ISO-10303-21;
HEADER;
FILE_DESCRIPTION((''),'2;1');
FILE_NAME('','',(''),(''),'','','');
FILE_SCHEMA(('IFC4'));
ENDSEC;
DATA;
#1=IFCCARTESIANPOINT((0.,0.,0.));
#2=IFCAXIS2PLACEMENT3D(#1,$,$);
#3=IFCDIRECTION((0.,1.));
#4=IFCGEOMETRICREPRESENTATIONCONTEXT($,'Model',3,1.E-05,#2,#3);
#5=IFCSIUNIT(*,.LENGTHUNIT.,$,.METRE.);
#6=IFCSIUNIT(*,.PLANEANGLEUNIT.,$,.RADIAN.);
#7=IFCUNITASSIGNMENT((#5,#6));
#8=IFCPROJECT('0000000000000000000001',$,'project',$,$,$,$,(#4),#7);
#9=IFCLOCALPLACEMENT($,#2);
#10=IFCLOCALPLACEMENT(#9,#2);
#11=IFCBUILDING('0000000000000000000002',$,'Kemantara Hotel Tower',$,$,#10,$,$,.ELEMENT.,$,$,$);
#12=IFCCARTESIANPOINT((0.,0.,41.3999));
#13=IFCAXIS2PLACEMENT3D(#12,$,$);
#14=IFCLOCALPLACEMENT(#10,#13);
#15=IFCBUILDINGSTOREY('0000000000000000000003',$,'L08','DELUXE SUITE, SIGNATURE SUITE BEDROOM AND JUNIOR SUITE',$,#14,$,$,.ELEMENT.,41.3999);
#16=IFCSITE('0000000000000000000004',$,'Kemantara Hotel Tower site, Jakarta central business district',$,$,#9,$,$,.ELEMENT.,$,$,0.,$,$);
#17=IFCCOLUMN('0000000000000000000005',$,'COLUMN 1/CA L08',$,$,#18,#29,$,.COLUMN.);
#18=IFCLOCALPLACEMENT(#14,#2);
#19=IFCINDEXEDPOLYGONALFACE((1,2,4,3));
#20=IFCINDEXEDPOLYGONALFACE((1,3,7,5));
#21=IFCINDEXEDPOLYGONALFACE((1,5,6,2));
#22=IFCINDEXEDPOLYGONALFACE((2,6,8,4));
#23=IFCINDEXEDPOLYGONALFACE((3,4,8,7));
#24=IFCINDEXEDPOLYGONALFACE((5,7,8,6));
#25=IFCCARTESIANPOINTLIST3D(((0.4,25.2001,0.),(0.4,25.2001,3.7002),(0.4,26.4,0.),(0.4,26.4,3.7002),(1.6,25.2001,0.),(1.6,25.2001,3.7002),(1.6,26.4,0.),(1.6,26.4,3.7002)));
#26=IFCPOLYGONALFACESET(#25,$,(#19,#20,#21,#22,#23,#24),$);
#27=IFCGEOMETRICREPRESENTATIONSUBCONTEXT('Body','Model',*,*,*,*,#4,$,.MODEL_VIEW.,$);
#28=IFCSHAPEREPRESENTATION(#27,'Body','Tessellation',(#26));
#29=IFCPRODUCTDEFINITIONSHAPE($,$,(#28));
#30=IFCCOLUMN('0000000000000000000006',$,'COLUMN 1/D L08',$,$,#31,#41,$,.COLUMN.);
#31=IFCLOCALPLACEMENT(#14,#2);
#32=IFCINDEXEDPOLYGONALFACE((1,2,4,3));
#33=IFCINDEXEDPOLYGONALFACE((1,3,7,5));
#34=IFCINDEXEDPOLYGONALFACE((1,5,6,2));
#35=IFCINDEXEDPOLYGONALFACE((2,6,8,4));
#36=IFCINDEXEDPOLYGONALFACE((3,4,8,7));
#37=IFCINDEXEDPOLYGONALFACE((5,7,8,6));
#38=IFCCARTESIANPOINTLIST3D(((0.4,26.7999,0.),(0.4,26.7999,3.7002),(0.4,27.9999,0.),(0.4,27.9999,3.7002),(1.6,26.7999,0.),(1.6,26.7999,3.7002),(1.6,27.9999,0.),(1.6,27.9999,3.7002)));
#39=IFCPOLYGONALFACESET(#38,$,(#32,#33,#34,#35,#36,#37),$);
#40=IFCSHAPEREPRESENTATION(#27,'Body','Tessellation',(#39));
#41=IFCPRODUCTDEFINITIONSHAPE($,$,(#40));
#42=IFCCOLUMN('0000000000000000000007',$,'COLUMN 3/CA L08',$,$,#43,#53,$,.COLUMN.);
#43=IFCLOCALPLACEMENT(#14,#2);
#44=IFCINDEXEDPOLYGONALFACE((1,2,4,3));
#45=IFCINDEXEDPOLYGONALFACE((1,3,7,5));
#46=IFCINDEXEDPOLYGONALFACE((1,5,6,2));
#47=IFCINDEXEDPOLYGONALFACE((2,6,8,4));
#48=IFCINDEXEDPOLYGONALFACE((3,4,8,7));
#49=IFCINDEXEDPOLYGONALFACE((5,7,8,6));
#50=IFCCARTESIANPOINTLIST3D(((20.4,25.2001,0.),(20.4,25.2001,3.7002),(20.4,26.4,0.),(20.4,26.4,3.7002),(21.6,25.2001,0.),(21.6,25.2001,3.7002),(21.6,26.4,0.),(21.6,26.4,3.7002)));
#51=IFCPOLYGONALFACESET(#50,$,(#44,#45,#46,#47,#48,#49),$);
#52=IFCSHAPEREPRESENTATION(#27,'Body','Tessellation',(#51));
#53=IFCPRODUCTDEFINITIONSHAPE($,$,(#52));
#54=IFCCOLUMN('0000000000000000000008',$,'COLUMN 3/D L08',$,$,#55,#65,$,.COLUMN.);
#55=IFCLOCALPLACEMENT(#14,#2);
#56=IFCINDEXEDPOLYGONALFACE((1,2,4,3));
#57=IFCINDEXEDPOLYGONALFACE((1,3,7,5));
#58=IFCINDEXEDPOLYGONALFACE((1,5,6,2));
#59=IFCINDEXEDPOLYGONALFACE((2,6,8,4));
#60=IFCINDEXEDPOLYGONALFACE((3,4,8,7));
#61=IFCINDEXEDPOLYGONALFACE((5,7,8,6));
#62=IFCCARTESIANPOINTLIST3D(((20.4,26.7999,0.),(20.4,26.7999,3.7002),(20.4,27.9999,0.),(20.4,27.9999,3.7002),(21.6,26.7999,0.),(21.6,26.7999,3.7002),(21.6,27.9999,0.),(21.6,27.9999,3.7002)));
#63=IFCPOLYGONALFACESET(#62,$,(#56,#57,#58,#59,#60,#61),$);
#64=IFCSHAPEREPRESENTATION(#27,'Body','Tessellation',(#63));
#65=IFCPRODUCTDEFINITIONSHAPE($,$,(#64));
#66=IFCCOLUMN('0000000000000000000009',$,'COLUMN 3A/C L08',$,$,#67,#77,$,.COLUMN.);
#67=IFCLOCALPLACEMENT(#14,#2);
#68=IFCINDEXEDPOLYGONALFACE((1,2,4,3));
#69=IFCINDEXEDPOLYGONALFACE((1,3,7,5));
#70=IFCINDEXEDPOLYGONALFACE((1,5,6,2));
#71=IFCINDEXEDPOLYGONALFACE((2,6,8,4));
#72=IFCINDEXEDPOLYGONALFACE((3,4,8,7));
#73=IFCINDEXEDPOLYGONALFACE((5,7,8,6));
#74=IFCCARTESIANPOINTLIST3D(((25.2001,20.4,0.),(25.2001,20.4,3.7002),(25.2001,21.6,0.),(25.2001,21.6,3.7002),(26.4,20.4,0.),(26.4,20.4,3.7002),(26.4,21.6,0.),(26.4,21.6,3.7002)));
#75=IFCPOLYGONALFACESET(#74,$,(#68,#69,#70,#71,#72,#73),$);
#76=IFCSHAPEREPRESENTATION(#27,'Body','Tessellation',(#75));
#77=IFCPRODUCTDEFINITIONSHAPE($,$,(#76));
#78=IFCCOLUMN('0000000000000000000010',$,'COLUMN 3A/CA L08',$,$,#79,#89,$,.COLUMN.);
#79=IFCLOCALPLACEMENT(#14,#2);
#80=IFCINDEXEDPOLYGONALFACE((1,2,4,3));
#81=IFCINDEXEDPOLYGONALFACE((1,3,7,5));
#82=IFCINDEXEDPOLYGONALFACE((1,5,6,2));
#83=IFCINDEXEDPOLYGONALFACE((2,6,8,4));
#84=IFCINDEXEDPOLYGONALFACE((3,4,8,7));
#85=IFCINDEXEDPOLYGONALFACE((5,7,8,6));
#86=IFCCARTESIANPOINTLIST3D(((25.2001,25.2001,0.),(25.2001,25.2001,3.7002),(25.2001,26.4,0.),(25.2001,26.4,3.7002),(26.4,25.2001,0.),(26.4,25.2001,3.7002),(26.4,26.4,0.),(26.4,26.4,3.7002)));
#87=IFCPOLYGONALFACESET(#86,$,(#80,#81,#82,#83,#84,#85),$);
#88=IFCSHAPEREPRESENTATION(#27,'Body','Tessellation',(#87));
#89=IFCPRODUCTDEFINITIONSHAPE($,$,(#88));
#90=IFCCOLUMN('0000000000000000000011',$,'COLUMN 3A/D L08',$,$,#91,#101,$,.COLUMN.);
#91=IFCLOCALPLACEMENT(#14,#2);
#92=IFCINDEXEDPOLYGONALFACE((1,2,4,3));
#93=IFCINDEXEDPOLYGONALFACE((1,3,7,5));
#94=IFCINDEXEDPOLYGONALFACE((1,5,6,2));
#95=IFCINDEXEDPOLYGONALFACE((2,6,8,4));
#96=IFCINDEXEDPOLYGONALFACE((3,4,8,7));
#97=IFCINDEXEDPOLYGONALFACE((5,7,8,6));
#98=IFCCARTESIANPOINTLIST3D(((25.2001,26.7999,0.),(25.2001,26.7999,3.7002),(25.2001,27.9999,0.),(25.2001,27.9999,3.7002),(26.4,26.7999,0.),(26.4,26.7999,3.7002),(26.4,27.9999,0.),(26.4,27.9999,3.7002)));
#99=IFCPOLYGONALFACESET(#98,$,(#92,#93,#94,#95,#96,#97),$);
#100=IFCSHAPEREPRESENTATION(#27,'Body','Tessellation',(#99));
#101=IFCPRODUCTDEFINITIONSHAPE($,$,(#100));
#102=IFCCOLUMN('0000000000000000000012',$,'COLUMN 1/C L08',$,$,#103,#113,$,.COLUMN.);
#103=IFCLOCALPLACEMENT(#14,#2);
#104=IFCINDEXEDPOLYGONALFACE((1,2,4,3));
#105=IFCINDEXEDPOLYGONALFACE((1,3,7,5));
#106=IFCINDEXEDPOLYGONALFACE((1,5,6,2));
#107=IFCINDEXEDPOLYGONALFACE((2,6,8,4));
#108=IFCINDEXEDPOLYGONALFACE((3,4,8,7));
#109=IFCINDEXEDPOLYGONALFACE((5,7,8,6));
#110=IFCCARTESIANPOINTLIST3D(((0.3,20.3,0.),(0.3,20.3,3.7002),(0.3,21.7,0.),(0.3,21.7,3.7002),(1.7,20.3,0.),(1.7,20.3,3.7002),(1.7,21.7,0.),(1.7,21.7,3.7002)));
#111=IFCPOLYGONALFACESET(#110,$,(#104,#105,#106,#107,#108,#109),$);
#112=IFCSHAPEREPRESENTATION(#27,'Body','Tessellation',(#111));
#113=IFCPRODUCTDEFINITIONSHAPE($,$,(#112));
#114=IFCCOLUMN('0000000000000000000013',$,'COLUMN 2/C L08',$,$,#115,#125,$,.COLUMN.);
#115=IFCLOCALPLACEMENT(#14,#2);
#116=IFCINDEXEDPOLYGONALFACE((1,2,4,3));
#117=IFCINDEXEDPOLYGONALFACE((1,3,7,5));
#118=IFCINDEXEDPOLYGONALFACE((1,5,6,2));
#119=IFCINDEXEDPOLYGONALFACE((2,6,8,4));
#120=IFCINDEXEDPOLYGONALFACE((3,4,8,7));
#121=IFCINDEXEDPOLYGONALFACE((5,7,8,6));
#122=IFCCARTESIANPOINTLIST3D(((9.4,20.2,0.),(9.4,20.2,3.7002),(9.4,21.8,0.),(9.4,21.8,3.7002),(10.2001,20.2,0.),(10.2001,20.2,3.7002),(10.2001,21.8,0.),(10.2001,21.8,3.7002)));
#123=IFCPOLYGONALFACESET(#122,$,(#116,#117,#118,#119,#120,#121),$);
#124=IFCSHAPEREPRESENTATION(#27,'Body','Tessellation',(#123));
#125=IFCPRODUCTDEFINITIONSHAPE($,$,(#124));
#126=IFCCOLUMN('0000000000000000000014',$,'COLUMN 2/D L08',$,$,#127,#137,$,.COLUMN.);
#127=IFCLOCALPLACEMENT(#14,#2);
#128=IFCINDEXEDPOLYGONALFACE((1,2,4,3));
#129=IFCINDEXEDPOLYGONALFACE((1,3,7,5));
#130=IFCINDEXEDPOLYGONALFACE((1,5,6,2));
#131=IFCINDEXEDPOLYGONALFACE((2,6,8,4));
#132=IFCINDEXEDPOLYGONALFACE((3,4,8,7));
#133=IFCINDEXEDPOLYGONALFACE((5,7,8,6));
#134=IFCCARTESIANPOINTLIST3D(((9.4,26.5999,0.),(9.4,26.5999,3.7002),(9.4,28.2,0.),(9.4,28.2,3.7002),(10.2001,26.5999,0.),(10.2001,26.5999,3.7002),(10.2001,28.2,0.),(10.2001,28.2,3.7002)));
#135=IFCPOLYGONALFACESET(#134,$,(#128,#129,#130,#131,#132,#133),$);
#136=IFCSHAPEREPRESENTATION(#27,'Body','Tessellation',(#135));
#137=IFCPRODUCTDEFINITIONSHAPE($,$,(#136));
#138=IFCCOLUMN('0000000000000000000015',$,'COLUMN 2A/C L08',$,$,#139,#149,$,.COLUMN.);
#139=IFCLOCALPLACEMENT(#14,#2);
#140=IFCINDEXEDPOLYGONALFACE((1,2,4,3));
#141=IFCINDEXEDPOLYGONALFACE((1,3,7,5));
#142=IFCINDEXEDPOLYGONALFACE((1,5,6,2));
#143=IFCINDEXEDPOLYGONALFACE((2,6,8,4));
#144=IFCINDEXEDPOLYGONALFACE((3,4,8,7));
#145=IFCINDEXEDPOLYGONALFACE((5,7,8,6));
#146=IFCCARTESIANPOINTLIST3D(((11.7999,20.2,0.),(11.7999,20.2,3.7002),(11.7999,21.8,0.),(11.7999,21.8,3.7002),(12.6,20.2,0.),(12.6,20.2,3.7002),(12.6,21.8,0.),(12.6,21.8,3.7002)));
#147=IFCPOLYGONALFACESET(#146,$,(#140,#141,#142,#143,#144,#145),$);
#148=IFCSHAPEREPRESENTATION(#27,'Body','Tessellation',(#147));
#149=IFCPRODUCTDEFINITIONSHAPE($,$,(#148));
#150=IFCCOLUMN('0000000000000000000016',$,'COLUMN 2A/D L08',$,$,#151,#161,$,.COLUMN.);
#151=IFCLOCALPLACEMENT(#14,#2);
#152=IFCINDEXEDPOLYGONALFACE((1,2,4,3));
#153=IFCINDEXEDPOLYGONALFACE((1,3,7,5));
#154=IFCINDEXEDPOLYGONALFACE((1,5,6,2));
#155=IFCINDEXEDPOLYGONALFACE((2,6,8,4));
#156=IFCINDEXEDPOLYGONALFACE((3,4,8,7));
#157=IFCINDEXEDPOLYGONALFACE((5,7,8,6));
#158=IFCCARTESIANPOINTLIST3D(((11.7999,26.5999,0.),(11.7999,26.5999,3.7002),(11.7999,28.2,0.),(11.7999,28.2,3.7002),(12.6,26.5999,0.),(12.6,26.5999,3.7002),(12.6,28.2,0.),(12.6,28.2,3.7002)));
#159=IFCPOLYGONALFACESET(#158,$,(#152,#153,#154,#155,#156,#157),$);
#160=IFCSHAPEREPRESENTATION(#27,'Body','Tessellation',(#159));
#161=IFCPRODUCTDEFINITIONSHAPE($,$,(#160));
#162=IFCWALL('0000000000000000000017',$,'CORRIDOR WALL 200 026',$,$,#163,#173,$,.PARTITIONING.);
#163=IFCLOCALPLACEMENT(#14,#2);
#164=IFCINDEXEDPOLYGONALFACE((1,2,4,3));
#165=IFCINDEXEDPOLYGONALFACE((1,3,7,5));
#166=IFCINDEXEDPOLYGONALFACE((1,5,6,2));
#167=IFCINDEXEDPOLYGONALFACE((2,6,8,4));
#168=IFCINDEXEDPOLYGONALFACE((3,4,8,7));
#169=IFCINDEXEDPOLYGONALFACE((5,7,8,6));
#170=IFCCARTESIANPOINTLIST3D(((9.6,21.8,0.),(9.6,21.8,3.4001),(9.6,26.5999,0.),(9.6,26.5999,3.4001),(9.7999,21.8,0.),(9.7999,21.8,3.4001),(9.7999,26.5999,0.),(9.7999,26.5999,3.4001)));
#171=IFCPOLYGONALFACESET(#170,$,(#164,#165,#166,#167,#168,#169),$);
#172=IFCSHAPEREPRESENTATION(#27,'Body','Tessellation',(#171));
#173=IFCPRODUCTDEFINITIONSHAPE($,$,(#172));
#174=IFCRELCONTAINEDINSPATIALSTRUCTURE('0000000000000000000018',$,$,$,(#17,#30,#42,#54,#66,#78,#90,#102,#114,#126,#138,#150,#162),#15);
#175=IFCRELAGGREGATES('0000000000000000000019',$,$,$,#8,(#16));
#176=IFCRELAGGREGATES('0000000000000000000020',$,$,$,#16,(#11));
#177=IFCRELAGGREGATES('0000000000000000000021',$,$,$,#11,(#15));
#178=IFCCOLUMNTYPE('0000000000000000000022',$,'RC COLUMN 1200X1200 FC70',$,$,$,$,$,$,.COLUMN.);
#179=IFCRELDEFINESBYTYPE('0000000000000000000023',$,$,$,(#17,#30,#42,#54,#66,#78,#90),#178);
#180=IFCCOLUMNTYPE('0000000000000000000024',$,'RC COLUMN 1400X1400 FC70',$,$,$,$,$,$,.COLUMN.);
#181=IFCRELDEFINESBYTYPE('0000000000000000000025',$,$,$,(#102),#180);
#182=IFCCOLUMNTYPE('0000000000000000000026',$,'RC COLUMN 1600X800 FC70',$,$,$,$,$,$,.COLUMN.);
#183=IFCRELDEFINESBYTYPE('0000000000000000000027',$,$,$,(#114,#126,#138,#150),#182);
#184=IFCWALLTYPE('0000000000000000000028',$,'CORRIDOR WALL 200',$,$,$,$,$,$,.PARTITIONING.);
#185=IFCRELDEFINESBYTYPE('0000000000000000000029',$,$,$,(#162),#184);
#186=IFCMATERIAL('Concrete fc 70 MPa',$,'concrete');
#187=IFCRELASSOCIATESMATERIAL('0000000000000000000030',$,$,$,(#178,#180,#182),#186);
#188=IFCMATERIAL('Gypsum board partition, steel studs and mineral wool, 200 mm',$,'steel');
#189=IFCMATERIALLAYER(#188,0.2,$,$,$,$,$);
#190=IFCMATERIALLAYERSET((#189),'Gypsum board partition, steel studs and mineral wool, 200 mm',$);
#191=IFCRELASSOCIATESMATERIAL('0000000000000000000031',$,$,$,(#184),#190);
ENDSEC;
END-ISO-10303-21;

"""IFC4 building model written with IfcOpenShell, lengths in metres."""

from ifc_helpers import new_model, si_unit, direction, frame, frame_2d, origin, origin_2d, place, context, subcontext, project, spatial, rectangle, extrude, material, layer, layer_set, material_profile, profile_set, type_object, element, save


model = new_model("IFC4")

# Units and contexts
model_context = context("Model", 3, precision=1e-05, world=origin(), true_north=direction((0.0, 1.0)))
body_context = subcontext(model_context, "Body", "Model", "MODEL_VIEW")
ifc_project = project(units=[si_unit("LENGTHUNIT", "METRE"), si_unit("PLANEANGLEUNIT", "RADIAN")], contexts=[model_context])

# Site, building, storey
site_placement = place(None, origin())
site = spatial("IfcSite", under=ifc_project, at=site_placement, Name="Kemantara Hotel Tower site, Jakarta central business district", CompositionType="ELEMENT", RefElevation=0.0)
building_placement = place(site_placement, origin())
building = spatial("IfcBuilding", under=site, at=building_placement, Name="Kemantara Hotel Tower", CompositionType="ELEMENT")
storey_placement = place(building_placement, frame((0.0, 0.0, 41.3999)))
storey = spatial("IfcBuildingStorey", under=building, at=storey_placement, Name="L08", Description="DELUXE SUITE, SIGNATURE SUITE BEDROOM AND JUNIOR SUITE", CompositionType="ELEMENT", Elevation=41.3999)

# Columns
ifc_material_1 = material(Name="Concrete fc 70 MPa", Category="concrete")
ifc_material_profile_1 = material_profile(ifc_material_1, rectangle(XDim=1.2, YDim=1.2, at=origin_2d()), Name="RC 1200X1200")
ifc_profile_set_1 = profile_set([ifc_material_profile_1], Name="Concrete fc 70 MPa")
column_type_1 = type_object("IfcColumnType", Name="RC COLUMN 1200X1200 FC70", PredefinedType="COLUMN", material=ifc_profile_set_1)
for number, where, z_axis, x_axis, name in (
    (1, (1.0, 25.8, 0.0), (0.0, 0.0, 1.0), (1.0, 0.0, 0.0), "COLUMN 1/CA L08"),
    (2, (1.0, 27.3999, 0.0), (0.0, 0.0, 1.0), (1.0, 0.0, 0.0), "COLUMN 1/D L08"),
    (3, (21.0, 25.8, 0.0), (0.0, 0.0, 1.0), (1.0, 0.0, 0.0), "COLUMN 3/CA L08"),
    (4, (21.0, 27.3999, 0.0), (0.0, 0.0, 1.0), (1.0, 0.0, 0.0), "COLUMN 3/D L08"),
    (5, (25.8, 21.0, 0.0), (0.0, 0.0, 1.0), (1.0, 0.0, 0.0), "COLUMN 3A/C L08"),
    (6, (25.8, 25.8, 0.0), (0.0, 0.0, 1.0), (1.0, 0.0, 0.0), "COLUMN 3A/CA L08"),
    (7, (25.8, 27.3999, 0.0), (0.0, 0.0, 1.0), (1.0, 0.0, 0.0), "COLUMN 3A/D L08"),
):
    element("IfcColumn", number, at=place(storey_placement, frame(where, z_axis=z_axis, x_axis=x_axis)), inside=storey, type_object=column_type_1, Name=name, PredefinedType="COLUMN", context=body_context, shape_type="SweptSolid", body=[
        extrude(rectangle(XDim=1.2, YDim=1.2, at=origin_2d()), origin(), (0.0, 0.0, 1.0), 3.7002),
    ])
ifc_material_profile_2 = material_profile(ifc_material_1, rectangle(XDim=1.3999, YDim=1.3999, at=origin_2d()), Name="RC 1400X1400")
ifc_profile_set_2 = profile_set([ifc_material_profile_2], Name="Concrete fc 70 MPa")
column_type_2 = type_object("IfcColumnType", Name="RC COLUMN 1400X1400 FC70", PredefinedType="COLUMN", material=ifc_profile_set_2)
column_placement = place(storey_placement, frame((1.0, 21.0, 0.0), z_axis=(0.0, 0.0, 1.0), x_axis=(1.0, 0.0, 0.0)))
element("IfcColumn", 8, at=column_placement, inside=storey, type_object=column_type_2, Name="COLUMN 1/C L08", PredefinedType="COLUMN", context=body_context, shape_type="SweptSolid", body=[
    extrude(rectangle(XDim=1.3999, YDim=1.3999, at=origin_2d()), origin(), (0.0, 0.0, 1.0), 3.7002),
])
ifc_material_profile_3 = material_profile(ifc_material_1, rectangle(XDim=1.6001, YDim=0.8, at=origin_2d()), Name="RC 1600X800")
ifc_profile_set_3 = profile_set([ifc_material_profile_3], Name="Concrete fc 70 MPa")
column_type_3 = type_object("IfcColumnType", Name="RC COLUMN 1600X800 FC70", PredefinedType="COLUMN", material=ifc_profile_set_3)
for number, where, z_axis, x_axis, name in (
    (9, (9.8, 21.0, 0.0), (0.0, 0.0, 1.0), (0.0, 1.0, 0.0), "COLUMN 2/C L08"),
    (10, (9.8, 27.3999, 0.0), (0.0, 0.0, 1.0), (0.0, 1.0, 0.0), "COLUMN 2/D L08"),
    (11, (12.2, 21.0, 0.0), (0.0, 0.0, 1.0), (0.0, 1.0, 0.0), "COLUMN 2A/C L08"),
    (12, (12.2, 27.3999, 0.0), (0.0, 0.0, 1.0), (0.0, 1.0, 0.0), "COLUMN 2A/D L08"),
):
    element("IfcColumn", number, at=place(storey_placement, frame(where, z_axis=z_axis, x_axis=x_axis)), inside=storey, type_object=column_type_3, Name=name, PredefinedType="COLUMN", context=body_context, shape_type="SweptSolid", body=[
        extrude(rectangle(XDim=1.6001, YDim=0.8, at=origin_2d()), origin(), (0.0, 0.0, 1.0), 3.7002),
    ])

# Wall
ifc_material_2 = material(Name="Gypsum board partition, steel studs and mineral wool, 200 mm", Category="steel")
ifc_layer_1 = layer(ifc_material_2, 0.2)
ifc_layer_set_1 = layer_set([ifc_layer_1], Name="Gypsum board partition, steel studs and mineral wool, 200 mm")
wall_type_1 = type_object("IfcWallType", Name="CORRIDOR WALL 200", PredefinedType="PARTITIONING", material=ifc_layer_set_1)
wall_1_placement = place(storey_placement, frame((9.7, 21.8, 0.0), z_axis=(0.0, 0.0, 1.0), x_axis=(0.0, 1.0, 0.0)))
element("IfcWall", 13, at=wall_1_placement, inside=storey, type_object=wall_type_1, Name="CORRIDOR WALL 200 026", PredefinedType="PARTITIONING", context=body_context, shape_type="SweptSolid", body=[
    extrude(rectangle(XDim=4.7998, YDim=0.2, at=frame_2d((2.3999, 0.0))), origin(), (0.0, 0.0, 1.0), 3.4001),
])

save(model, "model.ifc")
